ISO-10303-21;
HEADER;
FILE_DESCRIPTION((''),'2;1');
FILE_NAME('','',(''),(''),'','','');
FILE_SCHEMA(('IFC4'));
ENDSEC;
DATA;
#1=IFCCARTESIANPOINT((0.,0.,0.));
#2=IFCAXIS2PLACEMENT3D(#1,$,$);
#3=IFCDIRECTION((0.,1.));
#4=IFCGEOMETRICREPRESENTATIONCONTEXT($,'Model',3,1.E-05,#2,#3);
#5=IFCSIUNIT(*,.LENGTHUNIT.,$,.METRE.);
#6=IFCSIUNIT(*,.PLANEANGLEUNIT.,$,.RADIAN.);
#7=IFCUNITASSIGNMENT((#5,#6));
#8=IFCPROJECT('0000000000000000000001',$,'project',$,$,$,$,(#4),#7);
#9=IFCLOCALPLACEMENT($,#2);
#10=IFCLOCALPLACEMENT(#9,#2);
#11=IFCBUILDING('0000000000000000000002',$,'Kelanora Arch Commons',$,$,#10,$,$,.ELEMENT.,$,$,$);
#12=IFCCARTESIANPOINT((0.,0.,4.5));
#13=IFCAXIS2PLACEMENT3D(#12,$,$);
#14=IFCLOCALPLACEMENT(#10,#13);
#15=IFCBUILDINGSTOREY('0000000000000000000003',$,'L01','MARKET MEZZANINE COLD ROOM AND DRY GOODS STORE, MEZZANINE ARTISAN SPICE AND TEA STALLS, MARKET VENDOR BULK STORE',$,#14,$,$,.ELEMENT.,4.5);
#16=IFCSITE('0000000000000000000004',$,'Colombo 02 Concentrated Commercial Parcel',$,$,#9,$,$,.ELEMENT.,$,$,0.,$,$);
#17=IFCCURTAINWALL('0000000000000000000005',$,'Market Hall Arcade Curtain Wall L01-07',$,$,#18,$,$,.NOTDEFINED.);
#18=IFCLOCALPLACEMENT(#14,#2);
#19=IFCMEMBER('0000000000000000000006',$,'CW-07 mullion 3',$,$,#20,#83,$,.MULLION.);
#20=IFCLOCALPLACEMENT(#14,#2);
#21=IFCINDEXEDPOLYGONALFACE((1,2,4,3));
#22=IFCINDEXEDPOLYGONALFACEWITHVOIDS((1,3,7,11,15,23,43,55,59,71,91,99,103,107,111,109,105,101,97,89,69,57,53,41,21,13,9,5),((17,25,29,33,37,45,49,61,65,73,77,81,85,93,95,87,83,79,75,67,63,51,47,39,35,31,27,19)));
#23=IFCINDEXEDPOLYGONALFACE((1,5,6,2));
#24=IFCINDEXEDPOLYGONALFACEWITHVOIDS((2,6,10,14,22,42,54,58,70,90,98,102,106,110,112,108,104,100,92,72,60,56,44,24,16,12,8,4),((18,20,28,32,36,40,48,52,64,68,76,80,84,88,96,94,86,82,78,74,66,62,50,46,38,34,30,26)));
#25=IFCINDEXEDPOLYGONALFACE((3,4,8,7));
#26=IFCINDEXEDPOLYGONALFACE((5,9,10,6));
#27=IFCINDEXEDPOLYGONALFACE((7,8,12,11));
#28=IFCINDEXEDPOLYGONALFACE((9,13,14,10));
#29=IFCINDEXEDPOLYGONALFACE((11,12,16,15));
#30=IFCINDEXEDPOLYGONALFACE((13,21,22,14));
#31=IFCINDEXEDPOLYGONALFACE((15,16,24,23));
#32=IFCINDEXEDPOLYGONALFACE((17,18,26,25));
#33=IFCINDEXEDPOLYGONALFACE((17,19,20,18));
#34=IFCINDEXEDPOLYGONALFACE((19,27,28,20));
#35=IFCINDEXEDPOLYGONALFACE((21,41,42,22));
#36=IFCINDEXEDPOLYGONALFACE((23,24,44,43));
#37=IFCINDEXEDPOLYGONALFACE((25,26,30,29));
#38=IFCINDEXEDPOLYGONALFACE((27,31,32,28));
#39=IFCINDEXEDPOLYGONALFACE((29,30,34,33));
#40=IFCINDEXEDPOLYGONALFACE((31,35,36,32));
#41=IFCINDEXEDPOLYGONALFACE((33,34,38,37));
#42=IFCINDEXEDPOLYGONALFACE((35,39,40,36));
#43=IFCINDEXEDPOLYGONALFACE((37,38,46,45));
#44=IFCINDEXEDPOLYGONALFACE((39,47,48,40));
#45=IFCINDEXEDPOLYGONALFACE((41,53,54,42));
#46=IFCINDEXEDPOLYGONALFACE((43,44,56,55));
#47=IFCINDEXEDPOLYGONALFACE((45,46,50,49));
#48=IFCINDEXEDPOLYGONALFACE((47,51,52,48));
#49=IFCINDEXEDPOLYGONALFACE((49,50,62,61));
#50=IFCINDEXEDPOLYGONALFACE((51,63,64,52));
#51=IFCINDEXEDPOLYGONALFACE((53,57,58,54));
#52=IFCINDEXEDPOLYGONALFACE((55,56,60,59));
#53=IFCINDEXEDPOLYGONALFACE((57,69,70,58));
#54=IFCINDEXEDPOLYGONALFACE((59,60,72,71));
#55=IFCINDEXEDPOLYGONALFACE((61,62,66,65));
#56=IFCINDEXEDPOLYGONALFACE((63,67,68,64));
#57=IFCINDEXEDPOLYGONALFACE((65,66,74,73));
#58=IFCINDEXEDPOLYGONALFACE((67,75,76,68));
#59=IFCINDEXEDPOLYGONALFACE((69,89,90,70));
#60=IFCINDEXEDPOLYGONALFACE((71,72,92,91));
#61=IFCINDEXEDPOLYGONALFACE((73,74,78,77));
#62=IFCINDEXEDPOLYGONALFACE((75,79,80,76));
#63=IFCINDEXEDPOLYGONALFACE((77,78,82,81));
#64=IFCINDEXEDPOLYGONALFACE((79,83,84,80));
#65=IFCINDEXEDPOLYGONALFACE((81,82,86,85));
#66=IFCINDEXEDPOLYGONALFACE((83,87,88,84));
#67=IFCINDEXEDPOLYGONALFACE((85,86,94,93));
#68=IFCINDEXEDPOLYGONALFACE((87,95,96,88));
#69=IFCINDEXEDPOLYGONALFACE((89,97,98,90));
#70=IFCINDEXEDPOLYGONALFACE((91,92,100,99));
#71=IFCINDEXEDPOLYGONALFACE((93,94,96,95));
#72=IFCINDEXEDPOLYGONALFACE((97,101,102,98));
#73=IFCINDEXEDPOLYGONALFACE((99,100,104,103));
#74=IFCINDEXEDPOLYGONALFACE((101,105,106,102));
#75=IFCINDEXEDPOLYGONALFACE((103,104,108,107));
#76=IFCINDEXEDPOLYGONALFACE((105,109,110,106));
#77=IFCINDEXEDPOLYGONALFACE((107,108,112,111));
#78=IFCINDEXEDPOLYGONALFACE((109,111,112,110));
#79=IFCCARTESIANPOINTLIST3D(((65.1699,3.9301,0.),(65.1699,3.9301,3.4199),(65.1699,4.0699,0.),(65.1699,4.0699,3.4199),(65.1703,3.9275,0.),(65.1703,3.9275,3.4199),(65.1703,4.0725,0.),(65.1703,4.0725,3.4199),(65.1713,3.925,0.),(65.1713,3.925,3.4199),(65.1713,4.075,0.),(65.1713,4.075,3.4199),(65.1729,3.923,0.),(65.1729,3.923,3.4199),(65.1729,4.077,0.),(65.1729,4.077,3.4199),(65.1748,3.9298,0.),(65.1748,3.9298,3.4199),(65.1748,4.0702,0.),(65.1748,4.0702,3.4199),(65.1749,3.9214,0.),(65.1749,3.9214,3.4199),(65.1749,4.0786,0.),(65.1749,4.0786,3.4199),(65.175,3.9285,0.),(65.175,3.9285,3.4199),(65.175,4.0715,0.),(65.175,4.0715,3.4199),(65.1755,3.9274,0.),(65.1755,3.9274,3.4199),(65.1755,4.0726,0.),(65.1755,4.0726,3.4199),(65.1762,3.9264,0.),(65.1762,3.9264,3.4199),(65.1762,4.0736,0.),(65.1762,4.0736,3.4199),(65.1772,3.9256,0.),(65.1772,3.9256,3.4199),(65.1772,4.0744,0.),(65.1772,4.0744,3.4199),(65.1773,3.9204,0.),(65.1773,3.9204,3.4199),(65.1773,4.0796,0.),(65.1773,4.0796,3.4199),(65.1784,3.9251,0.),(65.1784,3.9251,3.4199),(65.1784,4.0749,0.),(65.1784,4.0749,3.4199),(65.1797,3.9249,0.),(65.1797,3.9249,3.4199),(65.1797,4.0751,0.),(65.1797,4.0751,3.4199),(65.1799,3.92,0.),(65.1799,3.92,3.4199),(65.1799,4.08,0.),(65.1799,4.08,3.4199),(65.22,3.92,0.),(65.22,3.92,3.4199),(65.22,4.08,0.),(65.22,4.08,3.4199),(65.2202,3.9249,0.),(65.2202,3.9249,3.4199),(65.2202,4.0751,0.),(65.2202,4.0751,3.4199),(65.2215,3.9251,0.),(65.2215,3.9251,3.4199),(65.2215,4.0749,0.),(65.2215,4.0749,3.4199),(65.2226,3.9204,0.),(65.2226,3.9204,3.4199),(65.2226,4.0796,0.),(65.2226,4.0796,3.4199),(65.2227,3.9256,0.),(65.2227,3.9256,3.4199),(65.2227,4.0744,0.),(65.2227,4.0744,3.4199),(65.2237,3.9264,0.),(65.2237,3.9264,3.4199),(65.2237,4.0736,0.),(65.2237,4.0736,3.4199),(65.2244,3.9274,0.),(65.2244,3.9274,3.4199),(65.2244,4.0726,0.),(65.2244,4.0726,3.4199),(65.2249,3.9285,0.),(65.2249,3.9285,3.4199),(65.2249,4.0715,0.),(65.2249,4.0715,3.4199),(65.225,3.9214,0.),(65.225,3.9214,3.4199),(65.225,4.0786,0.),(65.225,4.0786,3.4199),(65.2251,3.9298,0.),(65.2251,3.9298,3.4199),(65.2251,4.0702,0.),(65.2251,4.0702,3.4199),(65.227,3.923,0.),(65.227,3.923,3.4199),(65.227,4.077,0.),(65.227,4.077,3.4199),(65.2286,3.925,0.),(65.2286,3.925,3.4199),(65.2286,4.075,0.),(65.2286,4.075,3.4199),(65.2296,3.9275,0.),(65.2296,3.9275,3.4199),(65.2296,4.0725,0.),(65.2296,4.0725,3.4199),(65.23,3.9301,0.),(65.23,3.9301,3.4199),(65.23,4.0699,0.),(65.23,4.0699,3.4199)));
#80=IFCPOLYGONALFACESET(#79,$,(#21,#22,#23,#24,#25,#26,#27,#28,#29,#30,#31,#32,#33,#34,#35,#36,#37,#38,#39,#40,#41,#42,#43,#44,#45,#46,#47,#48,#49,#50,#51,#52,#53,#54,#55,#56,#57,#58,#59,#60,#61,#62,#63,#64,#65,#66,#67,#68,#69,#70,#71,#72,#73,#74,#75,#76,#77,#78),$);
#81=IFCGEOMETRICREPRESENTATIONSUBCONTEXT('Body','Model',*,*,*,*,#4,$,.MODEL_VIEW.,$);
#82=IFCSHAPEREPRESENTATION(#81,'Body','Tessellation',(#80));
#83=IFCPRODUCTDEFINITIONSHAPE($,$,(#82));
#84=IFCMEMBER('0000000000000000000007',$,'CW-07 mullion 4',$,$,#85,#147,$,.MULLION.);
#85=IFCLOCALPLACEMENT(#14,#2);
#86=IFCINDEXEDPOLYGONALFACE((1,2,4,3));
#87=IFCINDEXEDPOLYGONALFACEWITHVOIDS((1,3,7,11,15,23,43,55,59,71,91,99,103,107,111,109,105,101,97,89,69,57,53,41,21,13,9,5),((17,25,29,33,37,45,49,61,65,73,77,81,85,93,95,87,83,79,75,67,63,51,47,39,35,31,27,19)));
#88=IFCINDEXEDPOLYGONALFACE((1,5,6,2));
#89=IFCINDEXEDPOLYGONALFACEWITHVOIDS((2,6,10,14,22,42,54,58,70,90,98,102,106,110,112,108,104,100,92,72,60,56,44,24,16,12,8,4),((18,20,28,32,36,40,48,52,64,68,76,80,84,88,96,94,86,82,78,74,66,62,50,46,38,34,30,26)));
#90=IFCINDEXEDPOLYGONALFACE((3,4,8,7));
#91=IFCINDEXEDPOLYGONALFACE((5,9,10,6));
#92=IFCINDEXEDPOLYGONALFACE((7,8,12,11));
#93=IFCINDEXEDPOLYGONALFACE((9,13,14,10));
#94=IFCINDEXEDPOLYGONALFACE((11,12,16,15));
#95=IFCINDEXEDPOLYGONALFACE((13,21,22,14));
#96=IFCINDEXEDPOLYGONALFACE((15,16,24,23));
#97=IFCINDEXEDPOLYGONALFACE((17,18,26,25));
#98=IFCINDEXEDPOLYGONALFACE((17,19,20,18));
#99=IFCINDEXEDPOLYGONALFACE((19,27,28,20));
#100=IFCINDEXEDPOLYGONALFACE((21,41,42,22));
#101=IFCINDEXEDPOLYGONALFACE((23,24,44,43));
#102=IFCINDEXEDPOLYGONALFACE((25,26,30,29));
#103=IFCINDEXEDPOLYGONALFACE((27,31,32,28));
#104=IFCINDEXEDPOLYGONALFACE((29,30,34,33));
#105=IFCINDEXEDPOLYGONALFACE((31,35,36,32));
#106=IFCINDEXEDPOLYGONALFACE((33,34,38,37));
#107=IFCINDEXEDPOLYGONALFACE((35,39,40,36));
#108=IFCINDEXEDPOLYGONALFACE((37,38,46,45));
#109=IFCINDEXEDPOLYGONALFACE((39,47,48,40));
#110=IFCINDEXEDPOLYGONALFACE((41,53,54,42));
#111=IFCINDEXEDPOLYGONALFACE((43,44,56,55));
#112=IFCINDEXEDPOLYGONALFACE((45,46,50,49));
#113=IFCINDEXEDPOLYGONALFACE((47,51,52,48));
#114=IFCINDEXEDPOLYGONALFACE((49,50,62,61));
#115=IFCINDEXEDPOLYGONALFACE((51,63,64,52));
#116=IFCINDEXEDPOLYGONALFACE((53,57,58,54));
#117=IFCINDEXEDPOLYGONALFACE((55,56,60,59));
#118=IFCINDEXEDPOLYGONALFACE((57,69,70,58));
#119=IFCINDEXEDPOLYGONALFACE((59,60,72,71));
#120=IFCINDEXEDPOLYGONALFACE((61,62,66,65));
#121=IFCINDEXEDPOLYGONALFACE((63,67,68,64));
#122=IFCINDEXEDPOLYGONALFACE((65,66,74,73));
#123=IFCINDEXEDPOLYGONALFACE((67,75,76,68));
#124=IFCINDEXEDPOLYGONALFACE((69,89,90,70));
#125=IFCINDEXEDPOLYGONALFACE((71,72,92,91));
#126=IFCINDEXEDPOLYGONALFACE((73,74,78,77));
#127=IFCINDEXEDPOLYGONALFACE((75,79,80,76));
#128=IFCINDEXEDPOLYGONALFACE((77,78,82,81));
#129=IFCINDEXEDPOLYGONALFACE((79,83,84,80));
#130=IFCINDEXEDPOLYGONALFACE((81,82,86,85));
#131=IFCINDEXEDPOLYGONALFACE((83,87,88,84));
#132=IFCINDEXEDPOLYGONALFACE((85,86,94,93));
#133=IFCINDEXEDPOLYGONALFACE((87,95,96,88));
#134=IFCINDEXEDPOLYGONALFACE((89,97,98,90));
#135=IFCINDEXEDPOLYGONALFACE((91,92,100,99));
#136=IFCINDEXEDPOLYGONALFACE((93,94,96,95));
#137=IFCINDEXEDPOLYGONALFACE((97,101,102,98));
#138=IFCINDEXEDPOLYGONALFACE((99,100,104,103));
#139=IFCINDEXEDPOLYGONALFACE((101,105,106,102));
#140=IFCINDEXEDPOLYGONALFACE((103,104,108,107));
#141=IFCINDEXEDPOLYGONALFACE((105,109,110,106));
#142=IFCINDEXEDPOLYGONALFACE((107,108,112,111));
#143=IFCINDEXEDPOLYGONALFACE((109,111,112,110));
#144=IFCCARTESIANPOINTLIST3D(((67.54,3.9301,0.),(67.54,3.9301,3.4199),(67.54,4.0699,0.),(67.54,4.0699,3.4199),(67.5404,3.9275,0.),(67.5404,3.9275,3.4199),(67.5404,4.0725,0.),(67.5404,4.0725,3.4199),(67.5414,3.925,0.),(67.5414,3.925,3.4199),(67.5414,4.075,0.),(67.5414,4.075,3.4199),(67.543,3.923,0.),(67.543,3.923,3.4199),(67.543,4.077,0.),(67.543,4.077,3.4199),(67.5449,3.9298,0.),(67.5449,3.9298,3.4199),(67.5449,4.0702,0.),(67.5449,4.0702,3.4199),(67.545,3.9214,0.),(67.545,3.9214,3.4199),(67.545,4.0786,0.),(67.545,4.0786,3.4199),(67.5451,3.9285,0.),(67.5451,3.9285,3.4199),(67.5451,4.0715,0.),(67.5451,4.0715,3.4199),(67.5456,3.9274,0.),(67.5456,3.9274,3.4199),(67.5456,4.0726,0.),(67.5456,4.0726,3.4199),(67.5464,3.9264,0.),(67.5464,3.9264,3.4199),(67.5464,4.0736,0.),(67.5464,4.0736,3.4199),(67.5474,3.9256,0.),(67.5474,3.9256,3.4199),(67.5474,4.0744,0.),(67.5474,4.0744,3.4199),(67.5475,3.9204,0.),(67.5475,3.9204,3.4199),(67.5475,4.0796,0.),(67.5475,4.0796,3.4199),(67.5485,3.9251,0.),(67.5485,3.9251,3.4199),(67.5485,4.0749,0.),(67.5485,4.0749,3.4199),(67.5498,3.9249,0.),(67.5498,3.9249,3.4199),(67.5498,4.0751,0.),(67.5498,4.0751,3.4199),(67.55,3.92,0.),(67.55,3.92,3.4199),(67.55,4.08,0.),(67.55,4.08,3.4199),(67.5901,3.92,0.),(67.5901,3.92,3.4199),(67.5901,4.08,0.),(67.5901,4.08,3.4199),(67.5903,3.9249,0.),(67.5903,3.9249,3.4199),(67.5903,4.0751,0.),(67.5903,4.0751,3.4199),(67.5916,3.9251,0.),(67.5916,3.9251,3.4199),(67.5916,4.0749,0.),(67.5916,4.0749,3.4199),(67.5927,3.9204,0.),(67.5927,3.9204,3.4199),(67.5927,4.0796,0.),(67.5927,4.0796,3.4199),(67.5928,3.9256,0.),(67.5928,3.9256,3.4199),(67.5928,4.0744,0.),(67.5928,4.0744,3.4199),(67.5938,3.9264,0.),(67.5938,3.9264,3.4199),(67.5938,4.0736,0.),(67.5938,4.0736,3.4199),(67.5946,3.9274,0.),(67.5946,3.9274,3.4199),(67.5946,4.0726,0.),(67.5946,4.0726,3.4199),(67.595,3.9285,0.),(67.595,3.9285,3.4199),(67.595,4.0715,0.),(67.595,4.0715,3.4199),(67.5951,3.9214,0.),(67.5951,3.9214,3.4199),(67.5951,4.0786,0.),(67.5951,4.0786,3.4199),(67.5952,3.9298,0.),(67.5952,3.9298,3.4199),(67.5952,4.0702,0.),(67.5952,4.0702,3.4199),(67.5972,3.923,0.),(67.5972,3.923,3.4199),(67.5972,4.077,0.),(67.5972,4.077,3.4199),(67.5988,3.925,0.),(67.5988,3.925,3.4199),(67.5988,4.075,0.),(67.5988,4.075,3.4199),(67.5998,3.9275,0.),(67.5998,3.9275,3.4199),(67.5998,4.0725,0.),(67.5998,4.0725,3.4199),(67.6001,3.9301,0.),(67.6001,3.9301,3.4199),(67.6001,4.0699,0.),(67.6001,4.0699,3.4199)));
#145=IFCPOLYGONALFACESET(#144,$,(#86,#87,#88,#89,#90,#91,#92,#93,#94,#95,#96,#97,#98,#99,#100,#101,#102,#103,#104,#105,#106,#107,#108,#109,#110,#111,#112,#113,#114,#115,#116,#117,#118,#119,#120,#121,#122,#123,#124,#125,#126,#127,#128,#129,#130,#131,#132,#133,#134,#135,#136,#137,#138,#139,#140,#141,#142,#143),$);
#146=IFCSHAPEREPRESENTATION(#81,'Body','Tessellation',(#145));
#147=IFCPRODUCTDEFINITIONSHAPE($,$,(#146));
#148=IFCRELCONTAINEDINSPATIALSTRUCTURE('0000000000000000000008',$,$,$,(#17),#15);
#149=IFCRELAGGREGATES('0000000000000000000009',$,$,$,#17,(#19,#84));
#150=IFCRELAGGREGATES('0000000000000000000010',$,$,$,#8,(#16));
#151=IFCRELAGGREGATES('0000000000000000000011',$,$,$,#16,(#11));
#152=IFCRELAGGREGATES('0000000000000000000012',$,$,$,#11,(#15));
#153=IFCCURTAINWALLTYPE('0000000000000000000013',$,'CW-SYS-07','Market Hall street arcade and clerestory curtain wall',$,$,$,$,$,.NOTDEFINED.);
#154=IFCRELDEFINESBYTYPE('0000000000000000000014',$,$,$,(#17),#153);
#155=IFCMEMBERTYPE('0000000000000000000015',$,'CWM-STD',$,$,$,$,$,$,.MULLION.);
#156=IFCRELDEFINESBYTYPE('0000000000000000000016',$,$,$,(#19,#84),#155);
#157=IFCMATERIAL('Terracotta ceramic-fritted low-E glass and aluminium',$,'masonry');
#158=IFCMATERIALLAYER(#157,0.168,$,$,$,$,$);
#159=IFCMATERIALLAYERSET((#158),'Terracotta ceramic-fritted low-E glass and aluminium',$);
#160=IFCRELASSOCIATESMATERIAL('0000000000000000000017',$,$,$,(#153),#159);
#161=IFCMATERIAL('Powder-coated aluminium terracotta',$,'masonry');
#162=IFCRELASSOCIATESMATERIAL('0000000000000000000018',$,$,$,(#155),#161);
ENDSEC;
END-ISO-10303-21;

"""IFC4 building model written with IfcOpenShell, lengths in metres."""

from ifc_helpers import new_model, si_unit, direction, frame, origin, origin_2d, place, context, subcontext, project, spatial, hollow_rectangle, extrude, material, layer, layer_set, material_profile, profile_set, type_object, element, aggregate, save


model = new_model("IFC4")

# Units and contexts
model_context = context("Model", 3, precision=1e-05, world=origin(), true_north=direction((0.0, 1.0)))
body_context = subcontext(model_context, "Body", "Model", "MODEL_VIEW")
ifc_project = project(units=[si_unit("LENGTHUNIT", "METRE"), si_unit("PLANEANGLEUNIT", "RADIAN")], contexts=[model_context])

# Site, building, storey
site_placement = place(None, origin())
site = spatial("IfcSite", under=ifc_project, at=site_placement, Name="Colombo 02 Concentrated Commercial Parcel", CompositionType="ELEMENT", RefElevation=0.0)
building_placement = place(site_placement, origin())
building = spatial("IfcBuilding", under=site, at=building_placement, Name="Kelanora Arch Commons", CompositionType="ELEMENT")
storey_placement = place(building_placement, frame((0.0, 0.0, 4.5)))
storey = spatial("IfcBuildingStorey", under=building, at=storey_placement, Name="L01", Description="MARKET MEZZANINE COLD ROOM AND DRY GOODS STORE, MEZZANINE ARTISAN SPICE AND TEA STALLS, MARKET VENDOR BULK STORE", CompositionType="ELEMENT", Elevation=4.5)

# Curtain wall, members
ifc_material_1 = material(Name="Terracotta ceramic-fritted low-E glass and aluminium", Category="masonry")
ifc_layer_1 = layer(ifc_material_1, 0.168)
ifc_layer_set_1 = layer_set([ifc_layer_1], Name="Terracotta ceramic-fritted low-E glass and aluminium")
curtain_wall_type = type_object("IfcCurtainWallType", Name="CW-SYS-07", Description="Market Hall street arcade and clerestory curtain wall", PredefinedType="NOTDEFINED", material=ifc_layer_set_1)
curtain_wall_placement = place(storey_placement, origin())
curtain_wall = element("IfcCurtainWall", 1, at=curtain_wall_placement, inside=storey, type_object=curtain_wall_type, Name="Market Hall Arcade Curtain Wall L01-07", PredefinedType="NOTDEFINED")
ifc_material_2 = material(Name="Powder-coated aluminium terracotta", Category="masonry")
ifc_material_profile_1 = material_profile(ifc_material_2, hollow_rectangle(XDim=0.1599, YDim=0.0601, WallThickness=0.0049, InnerFilletRadius=0.0049, OuterFilletRadius=0.01, at=origin_2d()), Name="CWM160x60")
ifc_profile_set_1 = profile_set([ifc_material_profile_1], Name="Powder-coated aluminium terracotta")
member_type_1 = type_object("IfcMemberType", Name="CWM-STD", PredefinedType="MULLION", material=ifc_profile_set_1)
member_1_placement = place(storey_placement, frame((65.2, 4.0, 0.0), z_axis=(0.0, 0.0, 1.0), x_axis=(0.0, 1.0, 0.0)))
member_1 = element("IfcMember", 2, at=member_1_placement, type_object=member_type_1, Name="CW-07 mullion 3", PredefinedType="MULLION", context=body_context, shape_type="SweptSolid", body=[
    extrude(hollow_rectangle(XDim=0.1599, YDim=0.0601, WallThickness=0.0049, InnerFilletRadius=0.0049, OuterFilletRadius=0.01, at=origin_2d()), origin(), (0.0, 0.0, 1.0), 3.4199),
])
member_2_placement = place(storey_placement, frame((67.5701, 4.0, 0.0), z_axis=(0.0, 0.0, 1.0), x_axis=(0.0, 1.0, 0.0)))
member_2 = element("IfcMember", 3, at=member_2_placement, type_object=member_type_1, Name="CW-07 mullion 4", PredefinedType="MULLION", context=body_context, shape_type="SweptSolid", body=[
    extrude(hollow_rectangle(XDim=0.1599, YDim=0.0601, WallThickness=0.0049, InnerFilletRadius=0.0049, OuterFilletRadius=0.01, at=origin_2d()), origin(), (0.0, 0.0, 1.0), 3.4199),
])

aggregate(curtain_wall, [member_1, member_2])

save(model, "model.ifc")
